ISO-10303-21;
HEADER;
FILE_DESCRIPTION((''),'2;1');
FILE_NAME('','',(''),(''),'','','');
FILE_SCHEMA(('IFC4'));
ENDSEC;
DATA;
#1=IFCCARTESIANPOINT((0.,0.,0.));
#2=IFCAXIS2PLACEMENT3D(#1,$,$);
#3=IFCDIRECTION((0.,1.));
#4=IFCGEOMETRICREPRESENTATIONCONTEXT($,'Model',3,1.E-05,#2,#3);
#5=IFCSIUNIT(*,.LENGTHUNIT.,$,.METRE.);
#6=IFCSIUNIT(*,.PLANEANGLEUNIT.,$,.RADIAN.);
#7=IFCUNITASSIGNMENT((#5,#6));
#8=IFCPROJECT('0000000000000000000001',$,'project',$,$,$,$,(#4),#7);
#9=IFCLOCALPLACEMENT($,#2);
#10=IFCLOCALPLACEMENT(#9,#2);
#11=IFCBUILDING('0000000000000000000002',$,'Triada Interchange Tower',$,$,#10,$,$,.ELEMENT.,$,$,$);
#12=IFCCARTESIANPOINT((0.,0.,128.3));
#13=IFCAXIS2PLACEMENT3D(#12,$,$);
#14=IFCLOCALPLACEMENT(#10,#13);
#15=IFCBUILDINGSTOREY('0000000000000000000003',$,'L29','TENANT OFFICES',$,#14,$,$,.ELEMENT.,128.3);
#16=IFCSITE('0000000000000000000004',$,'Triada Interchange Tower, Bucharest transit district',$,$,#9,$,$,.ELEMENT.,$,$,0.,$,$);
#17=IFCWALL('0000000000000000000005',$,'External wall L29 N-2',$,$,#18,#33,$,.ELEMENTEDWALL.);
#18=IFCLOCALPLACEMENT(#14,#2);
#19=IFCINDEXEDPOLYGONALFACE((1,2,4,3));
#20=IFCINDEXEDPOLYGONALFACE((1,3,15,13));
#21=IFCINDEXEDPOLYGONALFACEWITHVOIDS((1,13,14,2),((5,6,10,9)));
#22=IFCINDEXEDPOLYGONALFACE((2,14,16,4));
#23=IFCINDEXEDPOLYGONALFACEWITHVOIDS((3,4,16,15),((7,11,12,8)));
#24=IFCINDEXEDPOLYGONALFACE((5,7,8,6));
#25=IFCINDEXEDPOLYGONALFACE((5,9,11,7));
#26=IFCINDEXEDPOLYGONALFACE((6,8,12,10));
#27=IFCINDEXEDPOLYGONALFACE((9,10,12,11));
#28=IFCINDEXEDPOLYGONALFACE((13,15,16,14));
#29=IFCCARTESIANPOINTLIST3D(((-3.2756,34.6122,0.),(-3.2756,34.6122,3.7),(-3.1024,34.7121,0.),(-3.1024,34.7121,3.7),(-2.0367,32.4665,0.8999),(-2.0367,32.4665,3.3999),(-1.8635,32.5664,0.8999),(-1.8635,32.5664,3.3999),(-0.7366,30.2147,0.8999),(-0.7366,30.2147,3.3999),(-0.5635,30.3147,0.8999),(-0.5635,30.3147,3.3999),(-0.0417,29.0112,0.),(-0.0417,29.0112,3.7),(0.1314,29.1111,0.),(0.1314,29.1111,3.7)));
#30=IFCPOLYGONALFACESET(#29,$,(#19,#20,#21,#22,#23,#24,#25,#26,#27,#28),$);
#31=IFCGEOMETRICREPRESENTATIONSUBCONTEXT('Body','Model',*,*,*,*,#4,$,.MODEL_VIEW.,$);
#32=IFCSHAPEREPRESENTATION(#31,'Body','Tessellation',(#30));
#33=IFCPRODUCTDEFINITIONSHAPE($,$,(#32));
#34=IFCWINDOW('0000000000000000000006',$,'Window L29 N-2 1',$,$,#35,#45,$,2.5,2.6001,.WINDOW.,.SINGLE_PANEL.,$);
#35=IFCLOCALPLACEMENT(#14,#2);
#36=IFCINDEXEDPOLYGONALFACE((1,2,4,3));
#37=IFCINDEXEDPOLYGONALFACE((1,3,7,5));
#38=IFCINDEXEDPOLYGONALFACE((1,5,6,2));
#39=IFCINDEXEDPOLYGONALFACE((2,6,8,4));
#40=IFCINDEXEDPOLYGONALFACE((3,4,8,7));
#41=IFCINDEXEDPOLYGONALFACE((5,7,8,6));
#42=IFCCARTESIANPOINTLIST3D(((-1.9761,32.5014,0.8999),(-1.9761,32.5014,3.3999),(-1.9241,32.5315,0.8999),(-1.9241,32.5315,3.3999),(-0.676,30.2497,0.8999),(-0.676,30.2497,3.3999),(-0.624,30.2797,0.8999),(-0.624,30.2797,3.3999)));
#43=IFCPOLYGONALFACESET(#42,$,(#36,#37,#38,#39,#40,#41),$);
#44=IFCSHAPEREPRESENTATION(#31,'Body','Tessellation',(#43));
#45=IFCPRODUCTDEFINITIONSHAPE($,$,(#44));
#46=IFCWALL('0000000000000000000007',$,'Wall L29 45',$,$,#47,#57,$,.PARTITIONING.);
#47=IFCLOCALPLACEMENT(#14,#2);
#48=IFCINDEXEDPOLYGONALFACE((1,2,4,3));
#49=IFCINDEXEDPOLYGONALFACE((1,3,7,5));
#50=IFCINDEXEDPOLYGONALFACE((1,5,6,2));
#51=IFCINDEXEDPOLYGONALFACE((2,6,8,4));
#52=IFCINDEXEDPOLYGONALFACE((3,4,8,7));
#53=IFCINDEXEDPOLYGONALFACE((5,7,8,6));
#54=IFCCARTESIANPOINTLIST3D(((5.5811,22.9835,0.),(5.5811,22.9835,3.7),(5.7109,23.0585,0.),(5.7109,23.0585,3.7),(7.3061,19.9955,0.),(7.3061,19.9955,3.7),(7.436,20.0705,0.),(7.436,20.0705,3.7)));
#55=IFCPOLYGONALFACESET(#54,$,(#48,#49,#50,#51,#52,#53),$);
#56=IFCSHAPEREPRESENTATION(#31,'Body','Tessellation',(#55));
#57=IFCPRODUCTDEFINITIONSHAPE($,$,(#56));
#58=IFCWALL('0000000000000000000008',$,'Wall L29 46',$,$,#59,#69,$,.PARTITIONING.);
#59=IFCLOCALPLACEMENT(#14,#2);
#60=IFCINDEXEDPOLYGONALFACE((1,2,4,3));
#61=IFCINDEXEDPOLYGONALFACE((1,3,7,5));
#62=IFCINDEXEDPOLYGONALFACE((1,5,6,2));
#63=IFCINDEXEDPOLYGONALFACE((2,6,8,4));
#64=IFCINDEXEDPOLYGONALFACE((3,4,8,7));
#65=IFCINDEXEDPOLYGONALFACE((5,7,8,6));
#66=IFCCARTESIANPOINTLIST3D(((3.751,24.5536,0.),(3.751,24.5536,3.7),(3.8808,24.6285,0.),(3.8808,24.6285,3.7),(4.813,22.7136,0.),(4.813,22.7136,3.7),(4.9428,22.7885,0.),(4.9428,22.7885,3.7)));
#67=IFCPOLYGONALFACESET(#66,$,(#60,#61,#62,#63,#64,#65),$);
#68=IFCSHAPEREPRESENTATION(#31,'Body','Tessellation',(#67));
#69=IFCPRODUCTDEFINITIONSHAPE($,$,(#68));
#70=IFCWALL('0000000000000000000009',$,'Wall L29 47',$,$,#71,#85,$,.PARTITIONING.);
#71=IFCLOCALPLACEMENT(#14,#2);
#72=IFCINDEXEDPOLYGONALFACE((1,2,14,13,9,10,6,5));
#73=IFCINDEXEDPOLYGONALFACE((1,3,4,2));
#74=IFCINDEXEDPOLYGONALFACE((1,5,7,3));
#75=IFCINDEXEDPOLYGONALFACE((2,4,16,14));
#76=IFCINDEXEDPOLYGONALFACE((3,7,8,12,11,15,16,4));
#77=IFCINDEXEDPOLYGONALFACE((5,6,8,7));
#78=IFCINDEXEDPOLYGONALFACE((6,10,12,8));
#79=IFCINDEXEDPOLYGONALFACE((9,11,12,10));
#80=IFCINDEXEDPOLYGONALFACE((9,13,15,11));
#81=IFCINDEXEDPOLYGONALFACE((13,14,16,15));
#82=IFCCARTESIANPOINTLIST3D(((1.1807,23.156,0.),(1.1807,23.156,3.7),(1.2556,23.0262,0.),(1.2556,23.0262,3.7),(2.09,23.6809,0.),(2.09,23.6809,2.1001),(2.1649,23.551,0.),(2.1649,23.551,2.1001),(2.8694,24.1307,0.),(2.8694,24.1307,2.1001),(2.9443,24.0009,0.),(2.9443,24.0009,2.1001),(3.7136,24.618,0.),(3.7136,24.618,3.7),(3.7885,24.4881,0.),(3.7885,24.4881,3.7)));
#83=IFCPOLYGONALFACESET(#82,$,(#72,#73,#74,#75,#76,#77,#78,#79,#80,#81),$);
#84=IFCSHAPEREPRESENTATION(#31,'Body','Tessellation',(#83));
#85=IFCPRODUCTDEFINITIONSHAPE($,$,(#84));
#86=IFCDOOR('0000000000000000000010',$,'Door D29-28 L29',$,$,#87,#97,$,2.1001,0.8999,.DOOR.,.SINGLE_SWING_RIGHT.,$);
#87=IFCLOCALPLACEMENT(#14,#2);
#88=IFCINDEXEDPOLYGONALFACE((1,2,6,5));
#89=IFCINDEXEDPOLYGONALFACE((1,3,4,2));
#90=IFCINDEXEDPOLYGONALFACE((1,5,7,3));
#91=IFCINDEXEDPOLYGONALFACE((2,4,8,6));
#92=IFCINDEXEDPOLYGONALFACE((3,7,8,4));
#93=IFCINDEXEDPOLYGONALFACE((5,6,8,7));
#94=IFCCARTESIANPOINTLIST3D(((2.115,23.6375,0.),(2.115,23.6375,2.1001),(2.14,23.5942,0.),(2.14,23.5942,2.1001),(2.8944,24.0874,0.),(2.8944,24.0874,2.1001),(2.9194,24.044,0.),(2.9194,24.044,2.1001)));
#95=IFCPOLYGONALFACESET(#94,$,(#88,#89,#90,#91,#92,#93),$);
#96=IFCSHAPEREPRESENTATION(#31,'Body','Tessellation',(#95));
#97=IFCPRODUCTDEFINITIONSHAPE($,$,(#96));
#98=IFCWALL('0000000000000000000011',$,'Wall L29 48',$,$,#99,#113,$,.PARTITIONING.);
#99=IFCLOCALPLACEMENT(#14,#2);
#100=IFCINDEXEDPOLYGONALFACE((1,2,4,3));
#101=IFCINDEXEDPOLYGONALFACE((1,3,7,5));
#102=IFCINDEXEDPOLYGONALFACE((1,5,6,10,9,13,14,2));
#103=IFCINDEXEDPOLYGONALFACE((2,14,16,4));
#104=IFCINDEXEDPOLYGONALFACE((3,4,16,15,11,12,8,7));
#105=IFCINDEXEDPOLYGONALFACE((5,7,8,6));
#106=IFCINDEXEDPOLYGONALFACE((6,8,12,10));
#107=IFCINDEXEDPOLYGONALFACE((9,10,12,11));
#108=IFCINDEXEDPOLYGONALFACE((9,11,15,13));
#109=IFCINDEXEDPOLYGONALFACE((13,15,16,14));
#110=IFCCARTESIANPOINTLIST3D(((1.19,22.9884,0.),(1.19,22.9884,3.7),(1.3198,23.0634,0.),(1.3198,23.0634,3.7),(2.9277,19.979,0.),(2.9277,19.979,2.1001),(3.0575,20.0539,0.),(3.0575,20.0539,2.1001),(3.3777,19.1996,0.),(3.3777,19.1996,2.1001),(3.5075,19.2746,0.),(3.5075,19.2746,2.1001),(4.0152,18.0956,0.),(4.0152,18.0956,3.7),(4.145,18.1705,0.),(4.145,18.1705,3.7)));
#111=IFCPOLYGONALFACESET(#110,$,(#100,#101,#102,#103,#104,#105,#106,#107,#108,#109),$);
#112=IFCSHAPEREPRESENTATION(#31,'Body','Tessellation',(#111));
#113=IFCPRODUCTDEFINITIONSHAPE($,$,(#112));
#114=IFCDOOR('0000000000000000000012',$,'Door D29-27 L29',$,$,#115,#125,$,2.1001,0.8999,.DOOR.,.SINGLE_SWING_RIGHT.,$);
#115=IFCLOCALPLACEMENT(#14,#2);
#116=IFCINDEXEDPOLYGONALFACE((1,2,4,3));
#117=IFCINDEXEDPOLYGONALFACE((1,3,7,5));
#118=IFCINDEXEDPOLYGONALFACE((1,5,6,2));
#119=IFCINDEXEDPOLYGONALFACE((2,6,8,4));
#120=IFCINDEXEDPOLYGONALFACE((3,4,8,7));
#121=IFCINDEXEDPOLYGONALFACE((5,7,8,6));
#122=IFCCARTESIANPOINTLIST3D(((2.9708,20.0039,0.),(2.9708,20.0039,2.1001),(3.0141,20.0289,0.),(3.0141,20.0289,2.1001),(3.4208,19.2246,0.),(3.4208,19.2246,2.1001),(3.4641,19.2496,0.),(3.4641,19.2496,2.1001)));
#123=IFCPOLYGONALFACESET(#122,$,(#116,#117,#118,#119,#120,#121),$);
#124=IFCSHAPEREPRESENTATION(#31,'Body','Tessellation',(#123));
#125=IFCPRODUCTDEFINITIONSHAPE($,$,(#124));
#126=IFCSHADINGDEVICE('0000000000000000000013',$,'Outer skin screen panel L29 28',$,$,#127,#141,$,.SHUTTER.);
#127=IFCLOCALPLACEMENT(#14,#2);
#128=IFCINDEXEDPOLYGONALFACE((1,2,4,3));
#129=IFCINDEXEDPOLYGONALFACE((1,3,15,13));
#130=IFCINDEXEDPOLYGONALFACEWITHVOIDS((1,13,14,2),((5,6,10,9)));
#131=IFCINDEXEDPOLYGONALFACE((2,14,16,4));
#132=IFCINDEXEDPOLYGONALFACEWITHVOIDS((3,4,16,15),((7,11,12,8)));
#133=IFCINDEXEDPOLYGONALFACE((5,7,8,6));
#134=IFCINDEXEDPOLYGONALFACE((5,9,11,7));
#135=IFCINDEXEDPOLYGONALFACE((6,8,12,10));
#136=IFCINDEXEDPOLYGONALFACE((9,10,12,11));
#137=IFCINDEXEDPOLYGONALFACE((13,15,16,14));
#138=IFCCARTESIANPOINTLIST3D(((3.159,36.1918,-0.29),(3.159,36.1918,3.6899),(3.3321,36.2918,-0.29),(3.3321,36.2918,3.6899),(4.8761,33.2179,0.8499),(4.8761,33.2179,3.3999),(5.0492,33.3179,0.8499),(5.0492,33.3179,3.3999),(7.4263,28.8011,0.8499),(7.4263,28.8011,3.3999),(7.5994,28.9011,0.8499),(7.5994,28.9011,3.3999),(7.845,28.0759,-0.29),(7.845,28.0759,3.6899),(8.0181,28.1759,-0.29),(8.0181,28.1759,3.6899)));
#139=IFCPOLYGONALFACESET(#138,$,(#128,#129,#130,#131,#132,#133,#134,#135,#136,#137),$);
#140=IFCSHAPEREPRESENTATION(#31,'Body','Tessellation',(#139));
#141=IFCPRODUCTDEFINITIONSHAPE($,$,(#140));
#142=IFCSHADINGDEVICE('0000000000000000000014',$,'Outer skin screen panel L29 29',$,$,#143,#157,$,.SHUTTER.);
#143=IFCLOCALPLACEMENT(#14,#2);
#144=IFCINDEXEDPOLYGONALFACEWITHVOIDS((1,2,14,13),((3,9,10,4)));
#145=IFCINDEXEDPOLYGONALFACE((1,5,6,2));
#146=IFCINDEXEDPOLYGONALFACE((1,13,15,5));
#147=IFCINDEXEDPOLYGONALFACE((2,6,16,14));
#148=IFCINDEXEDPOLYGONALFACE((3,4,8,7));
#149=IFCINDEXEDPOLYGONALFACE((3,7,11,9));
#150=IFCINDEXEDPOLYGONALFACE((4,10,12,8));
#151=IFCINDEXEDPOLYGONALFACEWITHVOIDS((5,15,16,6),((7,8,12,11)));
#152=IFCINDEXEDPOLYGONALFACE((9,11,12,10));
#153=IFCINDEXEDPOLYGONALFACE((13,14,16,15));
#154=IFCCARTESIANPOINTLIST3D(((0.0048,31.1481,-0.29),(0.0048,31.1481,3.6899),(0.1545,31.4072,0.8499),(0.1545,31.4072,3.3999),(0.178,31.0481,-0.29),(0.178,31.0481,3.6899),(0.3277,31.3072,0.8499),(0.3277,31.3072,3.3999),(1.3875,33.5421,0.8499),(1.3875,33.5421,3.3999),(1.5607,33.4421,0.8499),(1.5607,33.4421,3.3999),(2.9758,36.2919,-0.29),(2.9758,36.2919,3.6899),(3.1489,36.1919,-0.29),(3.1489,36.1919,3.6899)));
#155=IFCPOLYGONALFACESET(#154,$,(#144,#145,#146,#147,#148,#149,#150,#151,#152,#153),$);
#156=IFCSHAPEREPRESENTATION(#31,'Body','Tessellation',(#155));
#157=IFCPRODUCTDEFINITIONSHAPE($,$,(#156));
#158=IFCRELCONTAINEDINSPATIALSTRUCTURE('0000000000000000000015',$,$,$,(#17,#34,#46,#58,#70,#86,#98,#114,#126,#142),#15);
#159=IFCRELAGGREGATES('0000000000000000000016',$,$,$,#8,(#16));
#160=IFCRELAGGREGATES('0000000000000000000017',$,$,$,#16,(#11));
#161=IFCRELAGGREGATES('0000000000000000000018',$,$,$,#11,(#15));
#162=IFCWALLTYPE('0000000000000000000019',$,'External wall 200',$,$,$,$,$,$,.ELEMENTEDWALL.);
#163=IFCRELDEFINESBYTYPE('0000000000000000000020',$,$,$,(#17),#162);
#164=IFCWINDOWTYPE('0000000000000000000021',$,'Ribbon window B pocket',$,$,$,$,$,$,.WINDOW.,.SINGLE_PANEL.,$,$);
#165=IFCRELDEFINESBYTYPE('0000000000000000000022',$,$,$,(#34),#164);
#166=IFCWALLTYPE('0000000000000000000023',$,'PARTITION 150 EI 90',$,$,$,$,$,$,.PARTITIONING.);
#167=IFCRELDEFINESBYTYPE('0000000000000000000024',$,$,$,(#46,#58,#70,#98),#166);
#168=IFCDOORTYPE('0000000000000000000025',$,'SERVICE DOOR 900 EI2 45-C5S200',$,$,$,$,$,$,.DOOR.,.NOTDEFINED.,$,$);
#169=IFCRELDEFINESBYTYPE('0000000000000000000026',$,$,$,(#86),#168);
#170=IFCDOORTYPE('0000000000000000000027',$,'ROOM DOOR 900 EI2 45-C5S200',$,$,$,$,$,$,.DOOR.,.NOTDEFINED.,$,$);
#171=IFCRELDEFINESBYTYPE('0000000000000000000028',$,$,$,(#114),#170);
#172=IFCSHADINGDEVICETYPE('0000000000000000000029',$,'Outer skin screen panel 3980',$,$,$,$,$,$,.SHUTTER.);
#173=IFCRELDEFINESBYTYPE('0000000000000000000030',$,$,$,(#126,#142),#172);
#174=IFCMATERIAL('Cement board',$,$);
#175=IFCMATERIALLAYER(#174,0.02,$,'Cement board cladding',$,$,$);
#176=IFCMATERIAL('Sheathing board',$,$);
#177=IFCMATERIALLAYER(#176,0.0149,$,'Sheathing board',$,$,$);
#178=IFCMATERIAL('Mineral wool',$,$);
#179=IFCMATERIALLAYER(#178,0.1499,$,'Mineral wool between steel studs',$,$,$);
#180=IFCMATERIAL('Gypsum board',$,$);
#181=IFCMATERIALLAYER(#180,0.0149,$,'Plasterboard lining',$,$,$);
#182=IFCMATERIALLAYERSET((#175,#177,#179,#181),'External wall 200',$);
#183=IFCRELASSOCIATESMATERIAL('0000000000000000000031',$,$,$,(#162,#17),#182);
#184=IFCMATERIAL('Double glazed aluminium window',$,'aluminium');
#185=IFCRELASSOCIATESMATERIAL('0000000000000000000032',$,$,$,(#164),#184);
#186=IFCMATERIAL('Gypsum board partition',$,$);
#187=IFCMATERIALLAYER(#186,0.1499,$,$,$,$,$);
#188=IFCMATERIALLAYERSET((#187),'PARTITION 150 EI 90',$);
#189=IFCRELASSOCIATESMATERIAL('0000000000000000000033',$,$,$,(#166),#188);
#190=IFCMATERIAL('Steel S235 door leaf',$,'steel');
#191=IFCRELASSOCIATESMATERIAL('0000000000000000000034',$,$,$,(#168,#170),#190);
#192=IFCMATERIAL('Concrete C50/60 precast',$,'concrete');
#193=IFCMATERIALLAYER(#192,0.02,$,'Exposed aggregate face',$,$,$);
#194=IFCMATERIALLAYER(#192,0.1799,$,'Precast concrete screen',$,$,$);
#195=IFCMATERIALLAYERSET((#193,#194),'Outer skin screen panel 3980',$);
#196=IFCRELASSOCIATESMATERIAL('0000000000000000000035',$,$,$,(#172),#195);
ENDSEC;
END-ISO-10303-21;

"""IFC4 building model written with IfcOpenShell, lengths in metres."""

from ifc_helpers import new_model, si_unit, direction, frame, frame_2d, origin, place, context, subcontext, project, spatial, polyline, rectangle, outline, extrude, material, layer, layer_set, layer_usage, type_object, element, fill, save


model = new_model("IFC4")

# Units and contexts
model_context = context("Model", 3, precision=1e-05, world=origin(), true_north=direction((0.0, 1.0)))
body_context = subcontext(model_context, "Body", "Model", "MODEL_VIEW")
ifc_project = project(units=[si_unit("LENGTHUNIT", "METRE"), si_unit("PLANEANGLEUNIT", "RADIAN")], contexts=[model_context])

# Site, building, storey
site_placement = place(None, origin())
site = spatial("IfcSite", under=ifc_project, at=site_placement, Name="Triada Interchange Tower, Bucharest transit district", CompositionType="ELEMENT", RefElevation=0.0)
building_placement = place(site_placement, origin())
building = spatial("IfcBuilding", under=site, at=building_placement, Name="Triada Interchange Tower", CompositionType="ELEMENT")
storey_placement = place(building_placement, frame((0.0, 0.0, 128.3)))
storey = spatial("IfcBuildingStorey", under=building, at=storey_placement, Name="L29", Description="TENANT OFFICES", CompositionType="ELEMENT", Elevation=128.3)

# Wall, opening, window
ifc_material_1 = material(Name="Cement board")
ifc_layer_1 = layer(ifc_material_1, 0.02, Name="Cement board cladding")
ifc_material_2 = material(Name="Sheathing board")
ifc_layer_2 = layer(ifc_material_2, 0.0149, Name="Sheathing board")
ifc_material_3 = material(Name="Mineral wool")
ifc_layer_3 = layer(ifc_material_3, 0.1499, Name="Mineral wool between steel studs")
ifc_material_4 = material(Name="Gypsum board")
ifc_layer_4 = layer(ifc_material_4, 0.0149, Name="Plasterboard lining")
ifc_layer_set_1 = layer_set([ifc_layer_1, ifc_layer_2, ifc_layer_3, ifc_layer_4], Name="External wall 200")
ifc_layer_usage = layer_usage(ifc_layer_set_1, "AXIS2", "POSITIVE", -0.1001)
wall_type_1 = type_object("IfcWallType", Name="External wall 200", PredefinedType="ELEMENTEDWALL", material=ifc_layer_set_1)
ifc_material_5 = material(Name="Double glazed aluminium window", Category="aluminium")
window_type = type_object("IfcWindowType", Name="Ribbon window B pocket", PartitioningType="SINGLE_PANEL", PredefinedType="WINDOW", material=ifc_material_5)
wall_1_placement = place(storey_placement, frame((0.0449, 29.061, 0.0), z_axis=(0.0, 0.0, 1.0), x_axis=(-0.500012, 0.866018, 0.0)))
wall_1 = element("IfcWall", 1, at=wall_1_placement, inside=storey, type_object=wall_type_1, material=ifc_layer_usage, Name="External wall L29 N-2", PredefinedType="ELEMENTEDWALL", context=body_context, shape_type="SweptSolid", body=[
    extrude(rectangle(XDim=6.4675, YDim=0.2, at=frame_2d((3.2339, 0.0))), origin(), (0.0, 0.0, 1.0), 3.7),
])
opening_1_placement = place(wall_1_placement, frame((1.3899, 0.0, 0.8999)))
opening_1 = element("IfcOpeningElement", 2, at=opening_1_placement, cuts=wall_1, PredefinedType="OPENING", context=body_context, shape_type="SweptSolid", body=[
    extrude(rectangle(XDim=2.6001, YDim=2.5, at=frame_2d((1.3, 1.25))), frame((0.0, 0.1099, 0.0), z_axis=(0.0, -1.0, 0.0), x_axis=(1.0, 0.0, 0.0)), (0.0, 0.0, 1.0), 0.22),
])
window_1_placement = place(opening_1_placement, origin())
window_1 = element("IfcWindow", 3, at=window_1_placement, inside=storey, type_object=window_type, Name="Window L29 N-2 1", OverallHeight=2.5, OverallWidth=2.6001, PartitioningType="SINGLE_PANEL", PredefinedType="WINDOW", context=body_context, shape_type="SweptSolid", body=[
    extrude(rectangle(XDim=2.6001, YDim=2.5, at=frame_2d((1.3, 1.25))), frame((0.0, 0.03, 0.0), z_axis=(0.0, -1.0, 0.0), x_axis=(1.0, 0.0, 0.0)), (0.0, 0.0, 1.0), 0.0601),
])
fill(opening_1, window_1)

# Walls
ifc_material_6 = material(Name="Gypsum board partition")
ifc_layer_5 = layer(ifc_material_6, 0.1499)
ifc_layer_set_2 = layer_set([ifc_layer_5], Name="PARTITION 150 EI 90")
wall_type_2 = type_object("IfcWallType", Name="PARTITION 150 EI 90", PredefinedType="PARTITIONING", material=ifc_layer_set_2)
wall_2_placement = place(storey_placement, frame((5.646, 23.021, 0.0), z_axis=(0.0, 0.0, 1.0), x_axis=(0.49999, -0.866031, 0.0)))
element("IfcWall", 4, at=wall_2_placement, inside=storey, type_object=wall_type_2, Name="Wall L29 45", PredefinedType="PARTITIONING", context=body_context, shape_type="SweptSolid", body=[
    extrude(rectangle(XDim=3.4502, YDim=0.1499, at=frame_2d((1.7251, 0.0))), origin(), (0.0, 0.0, 1.0), 3.7),
])
wall_3_placement = place(storey_placement, frame((3.8159, 24.5911, 0.0), z_axis=(0.0, 0.0, 1.0), x_axis=(0.499872, -0.866099, 0.0)))
element("IfcWall", 5, at=wall_3_placement, inside=storey, type_object=wall_type_2, Name="Wall L29 46", PredefinedType="PARTITIONING", context=body_context, shape_type="SweptSolid", body=[
    extrude(rectangle(XDim=2.1245, YDim=0.1499, at=frame_2d((1.0623, 0.0))), origin(), (0.0, 0.0, 1.0), 3.7),
])

# Walls, openings, doors
wall_4_placement = place(storey_placement, frame((1.218, 23.0911, 0.0), z_axis=(0.0, 0.0, 1.0), x_axis=(0.866098, 0.499874, 0.0)))
wall_4 = element("IfcWall", 6, at=wall_4_placement, inside=storey, type_object=wall_type_2, Name="Wall L29 47", PredefinedType="PARTITIONING", context=body_context, shape_type="SweptSolid", body=[
    extrude(rectangle(XDim=2.9246, YDim=0.1499, at=frame_2d((1.4624, 0.0))), origin(), (0.0, 0.0, 1.0), 3.7),
])
opening_2_placement = place(wall_4_placement, frame((1.05, 0.0, 0.0)))
opening_2 = element("IfcOpeningElement", 7, at=opening_2_placement, cuts=wall_4, PredefinedType="OPENING", context=body_context, shape_type="SweptSolid", body=[
    extrude(rectangle(XDim=0.8999, YDim=2.1001, at=frame_2d((0.45, 1.05))), frame((0.0, 0.085, 0.0), z_axis=(0.0, -1.0, 0.0), x_axis=(1.0, 0.0, 0.0)), (0.0, 0.0, 1.0), 0.1699),
])
ifc_material_7 = material(Name="Steel S235 door leaf", Category="steel")
door_type_1 = type_object("IfcDoorType", Name="SERVICE DOOR 900 EI2 45-C5S200", OperationType="NOTDEFINED", PredefinedType="DOOR", material=ifc_material_7)
door_1_placement = place(opening_2_placement, origin())
door_1 = element("IfcDoor", 8, at=door_1_placement, inside=storey, type_object=door_type_1, Name="Door D29-28 L29", OperationType="SINGLE_SWING_RIGHT", OverallHeight=2.1001, OverallWidth=0.8999, PredefinedType="DOOR", context=body_context, shape_type="SweptSolid", body=[
    extrude(rectangle(XDim=0.8999, YDim=2.1001, at=frame_2d((0.45, 1.05))), frame((0.0, 0.0249, 0.0), z_axis=(0.0, -1.0, 0.0), x_axis=(1.0, 0.0, 0.0)), (0.0, 0.0, 1.0), 0.05),
])
fill(opening_2, door_1)
wall_5_placement = place(storey_placement, frame((1.2549, 23.0259, 0.0), z_axis=(0.0, 0.0, 1.0), x_axis=(0.500043, -0.866001, 0.0)))
wall_5 = element("IfcWall", 9, at=wall_5_placement, inside=storey, type_object=wall_type_2, Name="Wall L29 48", PredefinedType="PARTITIONING", context=body_context, shape_type="SweptSolid", body=[
    extrude(rectangle(XDim=5.6499, YDim=0.1499, at=frame_2d((2.825, 0.0))), origin(), (0.0, 0.0, 1.0), 3.7),
])
opening_3_placement = place(wall_5_placement, frame((3.4751, 0.0, 0.0)))
opening_3 = element("IfcOpeningElement", 10, at=opening_3_placement, cuts=wall_5, PredefinedType="OPENING", context=body_context, shape_type="SweptSolid", body=[
    extrude(rectangle(XDim=0.8999, YDim=2.1001, at=frame_2d((0.45, 1.05))), frame((0.0, 0.085, 0.0), z_axis=(0.0, -1.0, 0.0), x_axis=(1.0, 0.0, 0.0)), (0.0, 0.0, 1.0), 0.1699),
])
door_type_2 = type_object("IfcDoorType", Name="ROOM DOOR 900 EI2 45-C5S200", OperationType="NOTDEFINED", PredefinedType="DOOR", material=ifc_material_7)
door_2_placement = place(opening_3_placement, origin())
door_2 = element("IfcDoor", 11, at=door_2_placement, inside=storey, type_object=door_type_2, Name="Door D29-27 L29", OperationType="SINGLE_SWING_RIGHT", OverallHeight=2.1001, OverallWidth=0.8999, PredefinedType="DOOR", context=body_context, shape_type="SweptSolid", body=[
    extrude(rectangle(XDim=0.8999, YDim=2.1001, at=frame_2d((0.45, 1.05))), frame((0.0, 0.0249, 0.0), z_axis=(0.0, -1.0, 0.0), x_axis=(1.0, 0.0, 0.0)), (0.0, 0.0, 1.0), 0.05),
])
fill(opening_3, door_2)

# Shading devices
ifc_material_8 = material(Name="Concrete C50/60 precast", Category="concrete")
ifc_layer_6 = layer(ifc_material_8, 0.02, Name="Exposed aggregate face")
ifc_layer_7 = layer(ifc_material_8, 0.1799, Name="Precast concrete screen")
ifc_layer_set_3 = layer_set([ifc_layer_6, ifc_layer_7], Name="Outer skin screen panel 3980")
shading_device_type = type_object("IfcShadingDeviceType", Name="Outer skin screen panel 3980", PredefinedType="SHUTTER", material=ifc_layer_set_3)
shading_device_1_placement = place(storey_placement, frame((7.845, 28.0759, -0.29), z_axis=(0.0, 0.0, 1.0), x_axis=(-0.500022, 0.866012, 0.0)))
element("IfcShadingDevice", 12, at=shading_device_1_placement, inside=storey, type_object=shading_device_type, Name="Outer skin screen panel L29 28", PredefinedType="SHUTTER", context=body_context, shape_type="SweptSolid", body=[
    extrude(outline(polyline([(0.0, 0.0), (9.3716, 0.0), (9.3716, 3.98), (0.0, 3.98), (0.0, 0.0)]), holes=[polyline([(0.8374, 1.1399), (0.8374, 3.6899), (5.9375, 3.6899), (5.9375, 1.1399), (0.8374, 1.1399)])]), frame((0.0, 0.0, 0.0), z_axis=(0.0, -1.0, 0.0), x_axis=(1.0, 0.0, 0.0)), (0.0, 0.0, 1.0), 0.2),
])
shading_device_2_placement = place(storey_placement, frame((3.1489, 36.1919, -0.29), z_axis=(0.0, 0.0, 1.0), x_axis=(-0.500148, -0.86594, 0.0)))
element("IfcShadingDevice", 13, at=shading_device_2_placement, inside=storey, type_object=shading_device_type, Name="Outer skin screen panel L29 29", PredefinedType="SHUTTER", context=body_context, shape_type="SweptSolid", body=[
    extrude(outline(polyline([(0.0, 0.0), (5.9402, 0.0), (5.9402, 3.98), (0.0, 3.98), (0.0, 0.0)]), holes=[polyline([(3.1755, 1.1399), (3.1755, 3.6899), (5.6409, 3.6899), (5.6409, 1.1399), (3.1755, 1.1399)])]), frame((0.0, 0.0, 0.0), z_axis=(0.0, -1.0, 0.0), x_axis=(1.0, 0.0, 0.0)), (0.0, 0.0, 1.0), 0.2),
])

save(model, "model.ifc")
